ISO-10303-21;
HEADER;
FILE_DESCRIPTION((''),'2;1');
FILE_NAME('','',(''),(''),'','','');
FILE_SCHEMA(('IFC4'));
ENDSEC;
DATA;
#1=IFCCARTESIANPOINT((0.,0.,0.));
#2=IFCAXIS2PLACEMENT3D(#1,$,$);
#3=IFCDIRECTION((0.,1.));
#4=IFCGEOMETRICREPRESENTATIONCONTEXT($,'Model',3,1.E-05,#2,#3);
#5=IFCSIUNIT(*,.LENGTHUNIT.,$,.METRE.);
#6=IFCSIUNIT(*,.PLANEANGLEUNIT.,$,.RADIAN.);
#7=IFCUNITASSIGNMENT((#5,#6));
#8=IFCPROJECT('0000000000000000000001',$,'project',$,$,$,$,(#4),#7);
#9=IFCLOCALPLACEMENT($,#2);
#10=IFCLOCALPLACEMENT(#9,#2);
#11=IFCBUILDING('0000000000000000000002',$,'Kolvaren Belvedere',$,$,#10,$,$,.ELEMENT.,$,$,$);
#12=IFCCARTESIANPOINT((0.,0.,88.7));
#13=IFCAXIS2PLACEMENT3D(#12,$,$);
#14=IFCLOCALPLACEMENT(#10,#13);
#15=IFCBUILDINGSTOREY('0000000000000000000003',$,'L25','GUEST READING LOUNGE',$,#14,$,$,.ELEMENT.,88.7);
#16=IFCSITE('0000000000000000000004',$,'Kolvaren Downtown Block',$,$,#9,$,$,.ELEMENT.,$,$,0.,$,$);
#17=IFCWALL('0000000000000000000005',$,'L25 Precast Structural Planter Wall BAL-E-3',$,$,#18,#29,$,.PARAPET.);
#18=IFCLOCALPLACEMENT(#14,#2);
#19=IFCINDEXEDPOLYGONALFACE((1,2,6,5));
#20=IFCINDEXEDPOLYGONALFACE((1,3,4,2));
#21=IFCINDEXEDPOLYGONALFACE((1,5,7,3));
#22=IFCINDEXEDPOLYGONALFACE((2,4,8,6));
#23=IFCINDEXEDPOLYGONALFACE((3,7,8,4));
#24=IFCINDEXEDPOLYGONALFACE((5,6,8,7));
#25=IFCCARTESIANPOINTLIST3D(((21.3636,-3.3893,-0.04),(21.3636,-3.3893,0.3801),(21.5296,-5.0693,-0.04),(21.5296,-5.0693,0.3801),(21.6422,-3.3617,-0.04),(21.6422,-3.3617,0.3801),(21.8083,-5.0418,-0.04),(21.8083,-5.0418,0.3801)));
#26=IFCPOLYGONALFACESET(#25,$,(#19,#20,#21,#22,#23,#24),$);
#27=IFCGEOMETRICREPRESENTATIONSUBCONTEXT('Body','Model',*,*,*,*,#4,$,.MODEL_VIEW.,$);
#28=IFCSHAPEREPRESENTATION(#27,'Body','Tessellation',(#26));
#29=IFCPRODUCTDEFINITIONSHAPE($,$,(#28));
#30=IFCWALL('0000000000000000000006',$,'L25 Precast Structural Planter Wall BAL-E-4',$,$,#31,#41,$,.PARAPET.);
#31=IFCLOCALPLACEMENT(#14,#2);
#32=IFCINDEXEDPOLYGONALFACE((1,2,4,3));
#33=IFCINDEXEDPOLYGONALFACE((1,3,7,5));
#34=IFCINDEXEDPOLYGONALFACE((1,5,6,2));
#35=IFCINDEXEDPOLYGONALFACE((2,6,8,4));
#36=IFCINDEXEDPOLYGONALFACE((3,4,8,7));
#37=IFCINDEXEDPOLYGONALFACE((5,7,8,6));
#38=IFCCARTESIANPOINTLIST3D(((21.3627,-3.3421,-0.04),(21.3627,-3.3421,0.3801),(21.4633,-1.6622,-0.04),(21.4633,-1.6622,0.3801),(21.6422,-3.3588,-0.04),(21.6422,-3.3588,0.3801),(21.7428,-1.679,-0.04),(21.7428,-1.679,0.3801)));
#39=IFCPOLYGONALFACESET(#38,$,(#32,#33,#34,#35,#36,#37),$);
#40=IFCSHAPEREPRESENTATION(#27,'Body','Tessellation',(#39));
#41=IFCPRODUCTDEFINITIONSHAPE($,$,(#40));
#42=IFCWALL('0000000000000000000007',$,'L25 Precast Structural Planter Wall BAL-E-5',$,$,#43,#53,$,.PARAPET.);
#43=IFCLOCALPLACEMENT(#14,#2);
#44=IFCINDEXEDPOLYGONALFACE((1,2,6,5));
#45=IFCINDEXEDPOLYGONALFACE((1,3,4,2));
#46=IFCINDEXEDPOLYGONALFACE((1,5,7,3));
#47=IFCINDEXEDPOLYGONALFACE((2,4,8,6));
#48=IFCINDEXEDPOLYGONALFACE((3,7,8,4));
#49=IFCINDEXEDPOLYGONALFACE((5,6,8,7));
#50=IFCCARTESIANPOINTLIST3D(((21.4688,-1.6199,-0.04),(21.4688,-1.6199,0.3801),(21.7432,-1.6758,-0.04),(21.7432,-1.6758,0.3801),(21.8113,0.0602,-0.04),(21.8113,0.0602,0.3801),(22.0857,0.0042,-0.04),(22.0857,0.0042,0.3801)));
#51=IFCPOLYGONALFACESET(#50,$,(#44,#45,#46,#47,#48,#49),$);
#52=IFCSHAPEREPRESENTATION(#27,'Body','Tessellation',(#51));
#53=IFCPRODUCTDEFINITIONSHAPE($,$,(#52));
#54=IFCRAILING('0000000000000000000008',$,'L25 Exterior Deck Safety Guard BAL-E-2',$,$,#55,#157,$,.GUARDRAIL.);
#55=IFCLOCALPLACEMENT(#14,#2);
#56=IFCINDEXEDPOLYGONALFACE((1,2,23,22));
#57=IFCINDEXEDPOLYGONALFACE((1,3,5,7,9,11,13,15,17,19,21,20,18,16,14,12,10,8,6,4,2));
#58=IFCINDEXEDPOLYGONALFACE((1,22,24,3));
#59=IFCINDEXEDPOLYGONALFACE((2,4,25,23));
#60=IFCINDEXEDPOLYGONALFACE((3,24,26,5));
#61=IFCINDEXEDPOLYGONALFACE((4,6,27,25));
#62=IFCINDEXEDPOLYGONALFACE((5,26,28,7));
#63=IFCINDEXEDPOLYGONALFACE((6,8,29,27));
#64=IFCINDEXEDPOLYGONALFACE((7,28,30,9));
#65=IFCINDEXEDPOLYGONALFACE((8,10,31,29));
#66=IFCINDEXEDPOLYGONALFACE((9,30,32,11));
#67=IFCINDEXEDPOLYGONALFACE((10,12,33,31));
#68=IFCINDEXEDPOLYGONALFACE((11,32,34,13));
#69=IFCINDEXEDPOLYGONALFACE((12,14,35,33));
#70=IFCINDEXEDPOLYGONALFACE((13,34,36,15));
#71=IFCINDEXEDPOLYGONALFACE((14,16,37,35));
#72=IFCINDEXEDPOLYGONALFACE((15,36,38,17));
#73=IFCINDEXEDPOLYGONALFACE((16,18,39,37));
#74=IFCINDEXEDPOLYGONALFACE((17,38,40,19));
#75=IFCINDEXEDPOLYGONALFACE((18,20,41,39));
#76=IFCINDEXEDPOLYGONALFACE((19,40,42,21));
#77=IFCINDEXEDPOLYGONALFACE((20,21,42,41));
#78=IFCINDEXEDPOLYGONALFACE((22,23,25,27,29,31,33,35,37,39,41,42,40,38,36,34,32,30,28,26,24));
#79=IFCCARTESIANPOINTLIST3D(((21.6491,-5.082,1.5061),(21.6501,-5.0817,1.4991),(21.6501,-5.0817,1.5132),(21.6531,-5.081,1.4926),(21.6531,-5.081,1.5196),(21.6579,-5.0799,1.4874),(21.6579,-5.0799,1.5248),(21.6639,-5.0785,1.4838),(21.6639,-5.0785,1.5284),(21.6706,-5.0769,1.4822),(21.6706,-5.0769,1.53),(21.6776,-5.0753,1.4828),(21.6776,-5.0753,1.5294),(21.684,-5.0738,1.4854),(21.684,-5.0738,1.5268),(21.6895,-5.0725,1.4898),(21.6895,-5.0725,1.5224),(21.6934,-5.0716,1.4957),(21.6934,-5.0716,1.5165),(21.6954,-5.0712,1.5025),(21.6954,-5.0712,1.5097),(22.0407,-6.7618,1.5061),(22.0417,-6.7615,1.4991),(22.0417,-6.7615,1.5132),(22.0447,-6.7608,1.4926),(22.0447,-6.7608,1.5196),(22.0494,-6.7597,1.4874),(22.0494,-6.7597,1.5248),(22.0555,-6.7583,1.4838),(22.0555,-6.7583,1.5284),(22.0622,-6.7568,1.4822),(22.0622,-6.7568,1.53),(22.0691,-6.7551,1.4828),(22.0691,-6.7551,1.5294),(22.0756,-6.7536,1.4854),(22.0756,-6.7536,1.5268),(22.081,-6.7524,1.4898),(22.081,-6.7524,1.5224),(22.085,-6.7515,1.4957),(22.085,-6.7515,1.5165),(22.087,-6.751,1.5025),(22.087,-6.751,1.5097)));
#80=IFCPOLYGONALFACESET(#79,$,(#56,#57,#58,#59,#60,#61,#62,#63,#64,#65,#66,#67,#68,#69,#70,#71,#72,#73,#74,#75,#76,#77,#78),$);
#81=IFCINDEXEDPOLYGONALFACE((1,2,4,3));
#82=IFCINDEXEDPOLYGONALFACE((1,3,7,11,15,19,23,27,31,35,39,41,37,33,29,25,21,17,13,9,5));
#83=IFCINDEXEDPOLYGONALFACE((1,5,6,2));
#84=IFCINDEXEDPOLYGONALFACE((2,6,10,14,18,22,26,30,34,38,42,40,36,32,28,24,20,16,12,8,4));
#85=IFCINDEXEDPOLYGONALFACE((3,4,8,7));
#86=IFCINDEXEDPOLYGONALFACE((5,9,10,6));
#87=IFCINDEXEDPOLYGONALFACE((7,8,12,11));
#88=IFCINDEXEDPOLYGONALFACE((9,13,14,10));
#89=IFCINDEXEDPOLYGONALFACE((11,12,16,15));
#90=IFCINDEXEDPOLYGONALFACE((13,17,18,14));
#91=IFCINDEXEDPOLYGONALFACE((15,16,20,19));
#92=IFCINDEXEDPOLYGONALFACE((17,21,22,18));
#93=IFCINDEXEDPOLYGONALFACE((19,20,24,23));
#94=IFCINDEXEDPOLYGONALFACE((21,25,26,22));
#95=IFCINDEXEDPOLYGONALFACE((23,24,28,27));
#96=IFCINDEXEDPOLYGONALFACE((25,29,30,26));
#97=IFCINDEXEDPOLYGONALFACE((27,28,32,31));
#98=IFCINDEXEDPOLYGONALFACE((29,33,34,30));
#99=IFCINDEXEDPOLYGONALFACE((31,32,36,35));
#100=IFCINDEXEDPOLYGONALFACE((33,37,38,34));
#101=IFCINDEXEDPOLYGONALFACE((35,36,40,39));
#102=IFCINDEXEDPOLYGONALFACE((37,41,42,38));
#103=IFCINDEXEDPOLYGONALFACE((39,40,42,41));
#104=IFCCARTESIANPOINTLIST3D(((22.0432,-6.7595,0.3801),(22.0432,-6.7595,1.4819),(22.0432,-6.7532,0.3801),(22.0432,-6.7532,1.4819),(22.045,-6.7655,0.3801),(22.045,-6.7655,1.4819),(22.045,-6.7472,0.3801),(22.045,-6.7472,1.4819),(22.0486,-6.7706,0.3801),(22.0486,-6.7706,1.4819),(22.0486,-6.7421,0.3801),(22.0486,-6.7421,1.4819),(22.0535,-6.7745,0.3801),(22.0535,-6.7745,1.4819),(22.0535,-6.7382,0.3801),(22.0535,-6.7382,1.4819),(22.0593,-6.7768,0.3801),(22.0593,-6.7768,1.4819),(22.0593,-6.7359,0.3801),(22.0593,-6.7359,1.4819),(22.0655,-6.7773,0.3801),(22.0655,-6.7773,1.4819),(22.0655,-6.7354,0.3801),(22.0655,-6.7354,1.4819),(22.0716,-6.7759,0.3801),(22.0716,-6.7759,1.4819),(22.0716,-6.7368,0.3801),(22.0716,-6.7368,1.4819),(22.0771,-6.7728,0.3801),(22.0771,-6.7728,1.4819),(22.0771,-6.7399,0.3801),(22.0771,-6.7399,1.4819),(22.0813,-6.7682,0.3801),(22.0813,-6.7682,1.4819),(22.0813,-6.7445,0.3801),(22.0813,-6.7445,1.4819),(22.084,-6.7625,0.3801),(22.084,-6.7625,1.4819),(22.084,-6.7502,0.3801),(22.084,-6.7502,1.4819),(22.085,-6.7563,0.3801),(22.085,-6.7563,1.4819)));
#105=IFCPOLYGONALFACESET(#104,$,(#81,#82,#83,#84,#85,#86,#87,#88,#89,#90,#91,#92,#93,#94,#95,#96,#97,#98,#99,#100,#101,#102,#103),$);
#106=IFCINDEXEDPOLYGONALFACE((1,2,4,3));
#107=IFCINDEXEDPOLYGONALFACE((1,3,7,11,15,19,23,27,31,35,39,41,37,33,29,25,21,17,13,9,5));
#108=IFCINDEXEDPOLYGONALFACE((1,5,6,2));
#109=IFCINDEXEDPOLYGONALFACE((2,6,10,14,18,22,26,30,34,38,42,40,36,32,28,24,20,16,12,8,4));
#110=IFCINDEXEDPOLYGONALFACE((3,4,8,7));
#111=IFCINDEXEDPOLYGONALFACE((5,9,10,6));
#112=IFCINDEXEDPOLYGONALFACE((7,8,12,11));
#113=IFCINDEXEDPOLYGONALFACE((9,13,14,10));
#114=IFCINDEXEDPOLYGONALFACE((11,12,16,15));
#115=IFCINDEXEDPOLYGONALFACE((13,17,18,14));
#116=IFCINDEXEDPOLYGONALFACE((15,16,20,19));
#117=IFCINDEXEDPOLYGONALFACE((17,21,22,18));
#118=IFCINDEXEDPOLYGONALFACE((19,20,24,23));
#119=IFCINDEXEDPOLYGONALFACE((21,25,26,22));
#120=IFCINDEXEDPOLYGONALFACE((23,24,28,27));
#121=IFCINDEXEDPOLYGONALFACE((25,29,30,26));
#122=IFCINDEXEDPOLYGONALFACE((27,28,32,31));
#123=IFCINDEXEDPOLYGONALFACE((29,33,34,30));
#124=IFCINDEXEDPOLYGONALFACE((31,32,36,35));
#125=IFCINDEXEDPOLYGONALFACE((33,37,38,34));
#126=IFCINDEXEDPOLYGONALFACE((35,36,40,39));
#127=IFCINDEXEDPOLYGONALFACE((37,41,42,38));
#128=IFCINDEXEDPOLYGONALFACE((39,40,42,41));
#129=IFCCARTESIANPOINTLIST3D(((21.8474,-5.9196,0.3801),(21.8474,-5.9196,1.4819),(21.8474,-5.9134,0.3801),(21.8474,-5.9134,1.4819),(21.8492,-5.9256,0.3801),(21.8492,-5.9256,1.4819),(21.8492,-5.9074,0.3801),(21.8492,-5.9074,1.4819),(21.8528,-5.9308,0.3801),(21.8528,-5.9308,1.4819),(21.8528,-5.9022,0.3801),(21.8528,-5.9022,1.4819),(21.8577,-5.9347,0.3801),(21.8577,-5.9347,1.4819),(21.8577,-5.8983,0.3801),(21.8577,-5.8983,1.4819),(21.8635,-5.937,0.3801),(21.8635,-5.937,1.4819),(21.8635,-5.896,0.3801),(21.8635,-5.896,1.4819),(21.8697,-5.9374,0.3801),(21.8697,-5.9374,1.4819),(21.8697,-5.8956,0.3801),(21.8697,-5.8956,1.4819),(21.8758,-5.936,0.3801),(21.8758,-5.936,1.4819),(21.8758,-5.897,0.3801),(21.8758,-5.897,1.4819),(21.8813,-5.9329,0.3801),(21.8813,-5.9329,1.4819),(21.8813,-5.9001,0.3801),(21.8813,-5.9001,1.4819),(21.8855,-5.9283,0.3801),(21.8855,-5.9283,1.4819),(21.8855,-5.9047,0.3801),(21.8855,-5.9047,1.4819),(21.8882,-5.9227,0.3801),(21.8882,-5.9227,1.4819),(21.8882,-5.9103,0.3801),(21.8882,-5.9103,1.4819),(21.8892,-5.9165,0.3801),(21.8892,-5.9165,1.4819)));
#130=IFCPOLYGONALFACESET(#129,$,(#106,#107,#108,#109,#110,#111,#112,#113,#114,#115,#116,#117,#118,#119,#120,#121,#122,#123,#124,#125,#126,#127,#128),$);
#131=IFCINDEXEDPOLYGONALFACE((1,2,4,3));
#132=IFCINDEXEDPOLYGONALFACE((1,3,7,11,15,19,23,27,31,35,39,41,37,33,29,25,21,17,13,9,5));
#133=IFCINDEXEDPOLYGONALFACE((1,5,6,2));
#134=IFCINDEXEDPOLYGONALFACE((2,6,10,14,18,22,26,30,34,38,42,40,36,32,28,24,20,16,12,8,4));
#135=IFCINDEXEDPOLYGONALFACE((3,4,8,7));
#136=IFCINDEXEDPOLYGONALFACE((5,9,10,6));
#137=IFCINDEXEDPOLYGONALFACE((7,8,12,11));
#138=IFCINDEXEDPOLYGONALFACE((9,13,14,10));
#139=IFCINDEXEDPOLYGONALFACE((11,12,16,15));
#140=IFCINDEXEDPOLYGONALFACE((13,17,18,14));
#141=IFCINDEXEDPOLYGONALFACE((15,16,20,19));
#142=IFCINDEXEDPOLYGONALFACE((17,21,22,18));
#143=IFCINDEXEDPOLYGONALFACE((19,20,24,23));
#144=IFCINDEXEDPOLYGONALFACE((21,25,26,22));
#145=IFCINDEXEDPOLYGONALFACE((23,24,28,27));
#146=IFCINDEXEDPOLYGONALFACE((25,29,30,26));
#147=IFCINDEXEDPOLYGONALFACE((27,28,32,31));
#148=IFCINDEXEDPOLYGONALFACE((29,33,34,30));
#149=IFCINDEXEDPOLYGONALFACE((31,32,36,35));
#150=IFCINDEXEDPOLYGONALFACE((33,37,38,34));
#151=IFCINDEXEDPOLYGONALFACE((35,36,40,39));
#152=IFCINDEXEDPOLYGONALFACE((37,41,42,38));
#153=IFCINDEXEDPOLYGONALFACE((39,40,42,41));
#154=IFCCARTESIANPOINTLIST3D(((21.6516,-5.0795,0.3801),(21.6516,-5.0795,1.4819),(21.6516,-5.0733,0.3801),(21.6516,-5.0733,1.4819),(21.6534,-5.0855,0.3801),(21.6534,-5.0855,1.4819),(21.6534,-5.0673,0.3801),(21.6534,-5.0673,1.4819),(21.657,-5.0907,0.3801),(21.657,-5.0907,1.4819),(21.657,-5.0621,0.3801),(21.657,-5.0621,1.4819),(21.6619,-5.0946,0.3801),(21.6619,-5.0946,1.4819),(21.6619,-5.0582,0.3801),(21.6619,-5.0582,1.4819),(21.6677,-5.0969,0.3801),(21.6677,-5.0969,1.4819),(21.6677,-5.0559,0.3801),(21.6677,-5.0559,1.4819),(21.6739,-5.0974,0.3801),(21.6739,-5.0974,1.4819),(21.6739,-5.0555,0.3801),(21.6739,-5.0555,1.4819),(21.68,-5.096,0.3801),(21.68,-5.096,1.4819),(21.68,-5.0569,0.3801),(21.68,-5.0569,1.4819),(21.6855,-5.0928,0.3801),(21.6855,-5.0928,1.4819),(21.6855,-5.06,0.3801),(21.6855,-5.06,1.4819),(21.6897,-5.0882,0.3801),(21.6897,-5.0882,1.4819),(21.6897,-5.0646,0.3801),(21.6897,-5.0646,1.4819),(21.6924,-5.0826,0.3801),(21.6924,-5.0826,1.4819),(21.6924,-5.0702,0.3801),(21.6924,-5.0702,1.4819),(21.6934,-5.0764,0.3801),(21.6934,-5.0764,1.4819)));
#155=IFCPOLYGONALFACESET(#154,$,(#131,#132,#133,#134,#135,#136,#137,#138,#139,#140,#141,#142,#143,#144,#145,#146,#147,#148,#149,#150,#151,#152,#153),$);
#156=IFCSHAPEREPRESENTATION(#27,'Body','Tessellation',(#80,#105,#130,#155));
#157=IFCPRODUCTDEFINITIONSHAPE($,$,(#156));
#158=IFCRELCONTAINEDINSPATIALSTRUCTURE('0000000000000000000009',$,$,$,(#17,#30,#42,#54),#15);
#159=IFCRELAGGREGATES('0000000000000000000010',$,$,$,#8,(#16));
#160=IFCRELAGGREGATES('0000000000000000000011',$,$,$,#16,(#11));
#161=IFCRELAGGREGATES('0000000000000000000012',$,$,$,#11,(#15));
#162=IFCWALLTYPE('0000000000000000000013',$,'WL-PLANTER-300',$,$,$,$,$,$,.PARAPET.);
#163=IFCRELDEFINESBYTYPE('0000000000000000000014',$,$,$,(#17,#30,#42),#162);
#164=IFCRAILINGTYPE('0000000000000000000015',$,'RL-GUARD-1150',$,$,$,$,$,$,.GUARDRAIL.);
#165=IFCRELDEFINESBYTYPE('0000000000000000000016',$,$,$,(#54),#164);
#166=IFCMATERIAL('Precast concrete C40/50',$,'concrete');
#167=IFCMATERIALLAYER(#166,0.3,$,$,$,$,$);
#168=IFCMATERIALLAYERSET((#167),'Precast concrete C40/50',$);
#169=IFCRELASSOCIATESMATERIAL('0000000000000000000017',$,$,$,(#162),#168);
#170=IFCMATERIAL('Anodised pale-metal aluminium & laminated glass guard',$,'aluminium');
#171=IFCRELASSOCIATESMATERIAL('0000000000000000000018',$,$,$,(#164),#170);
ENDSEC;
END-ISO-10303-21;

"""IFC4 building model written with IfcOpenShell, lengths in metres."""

from ifc_helpers import new_model, si_unit, direction, frame, frame_2d, origin, origin_2d, place, context, subcontext, project, spatial, rectangle, circle, extrude, material, layer, layer_set, type_object, element, save


model = new_model("IFC4")

# Units and contexts
model_context = context("Model", 3, precision=1e-05, world=origin(), true_north=direction((0.0, 1.0)))
body_context = subcontext(model_context, "Body", "Model", "MODEL_VIEW")
ifc_project = project(units=[si_unit("LENGTHUNIT", "METRE"), si_unit("PLANEANGLEUNIT", "RADIAN")], contexts=[model_context])

# Site, building, storey
site_placement = place(None, origin())
site = spatial("IfcSite", under=ifc_project, at=site_placement, Name="Kolvaren Downtown Block", CompositionType="ELEMENT", RefElevation=0.0)
building_placement = place(site_placement, origin())
building = spatial("IfcBuilding", under=site, at=building_placement, Name="Kolvaren Belvedere", CompositionType="ELEMENT")
storey_placement = place(building_placement, frame((0.0, 0.0, 88.7)))
storey = spatial("IfcBuildingStorey", under=building, at=storey_placement, Name="L25", Description="GUEST READING LOUNGE", CompositionType="ELEMENT", Elevation=88.7)

# Walls
ifc_material_1 = material(Name="Precast concrete C40/50", Category="concrete")
ifc_layer_1 = layer(ifc_material_1, 0.3)
ifc_layer_set_1 = layer_set([ifc_layer_1], Name="Precast concrete C40/50")
wall_type = type_object("IfcWallType", Name="WL-PLANTER-300", PredefinedType="PARAPET", material=ifc_layer_set_1)
wall_1_placement = place(storey_placement, frame((21.6689, -5.0557, -0.04), z_axis=(0.0, 0.0, 1.0), x_axis=(-0.098344, 0.995152, 0.0)))
element("IfcWall", 1, at=wall_1_placement, inside=storey, type_object=wall_type, Name="L25 Precast Structural Planter Wall BAL-E-3", PredefinedType="PARAPET", context=body_context, shape_type="SweptSolid", body=[
    extrude(rectangle(XDim=1.6882, YDim=0.28, at=frame_2d((0.8442, 0.0))), origin(), (0.0, 0.0, 1.0), 0.4202),
])
wall_2_placement = place(storey_placement, frame((21.5024, -3.3503, -0.04), z_axis=(0.0, 0.0, 1.0), x_axis=(0.059768, 0.998212, 0.0)))
element("IfcWall", 2, at=wall_2_placement, inside=storey, type_object=wall_type, Name="L25 Precast Structural Planter Wall BAL-E-4", PredefinedType="PARAPET", context=body_context, shape_type="SweptSolid", body=[
    extrude(rectangle(XDim=1.6829, YDim=0.28, at=frame_2d((0.8413, 0.0))), origin(), (0.0, 0.0, 1.0), 0.4202),
])
wall_3_placement = place(storey_placement, frame((21.606, -1.6479, -0.04), z_axis=(0.0, 0.0, 1.0), x_axis=(0.199784, 0.97984, 0.0)))
element("IfcWall", 3, at=wall_3_placement, inside=storey, type_object=wall_type, Name="L25 Precast Structural Planter Wall BAL-E-5", PredefinedType="PARAPET", context=body_context, shape_type="SweptSolid", body=[
    extrude(rectangle(XDim=1.7146, YDim=0.28, at=frame_2d((0.8574, 0.0))), origin(), (0.0, 0.0, 1.0), 0.4202),
])

# Railing
ifc_material_2 = material(Name="Anodised pale-metal aluminium & laminated glass guard", Category="aluminium")
railing_type = type_object("IfcRailingType", Name="RL-GUARD-1150", PredefinedType="GUARDRAIL", material=ifc_material_2)
railing_1_placement = place(storey_placement, frame((22.064, -6.7563, 0.3801)))
element("IfcRailing", 4, at=railing_1_placement, inside=storey, type_object=railing_type, Name="L25 Exterior Deck Safety Guard BAL-E-2", PredefinedType="GUARDRAIL", context=body_context, shape_type="SweptSolid", body=[
    extrude(circle(Radius=0.0239, at=origin_2d()), frame((0.0, 0.0, 1.126), z_axis=(-0.227019, 0.97389, 0.0), x_axis=(-0.97389, -0.227019, 0.0)), (0.0, 0.0, 1.0), 1.7249),
    extrude(circle(Radius=0.021, at=origin_2d()), origin(), (0.0, 0.0, 1.0), 1.1018),
    extrude(circle(Radius=0.021, at=origin_2d()), frame((-0.1958, 0.8398, 0.0)), (0.0, 0.0, 1.0), 1.1018),
    extrude(circle(Radius=0.021, at=origin_2d()), frame((-0.3916, 1.6799, 0.0)), (0.0, 0.0, 1.0), 1.1018),
])

save(model, "model.ifc")
